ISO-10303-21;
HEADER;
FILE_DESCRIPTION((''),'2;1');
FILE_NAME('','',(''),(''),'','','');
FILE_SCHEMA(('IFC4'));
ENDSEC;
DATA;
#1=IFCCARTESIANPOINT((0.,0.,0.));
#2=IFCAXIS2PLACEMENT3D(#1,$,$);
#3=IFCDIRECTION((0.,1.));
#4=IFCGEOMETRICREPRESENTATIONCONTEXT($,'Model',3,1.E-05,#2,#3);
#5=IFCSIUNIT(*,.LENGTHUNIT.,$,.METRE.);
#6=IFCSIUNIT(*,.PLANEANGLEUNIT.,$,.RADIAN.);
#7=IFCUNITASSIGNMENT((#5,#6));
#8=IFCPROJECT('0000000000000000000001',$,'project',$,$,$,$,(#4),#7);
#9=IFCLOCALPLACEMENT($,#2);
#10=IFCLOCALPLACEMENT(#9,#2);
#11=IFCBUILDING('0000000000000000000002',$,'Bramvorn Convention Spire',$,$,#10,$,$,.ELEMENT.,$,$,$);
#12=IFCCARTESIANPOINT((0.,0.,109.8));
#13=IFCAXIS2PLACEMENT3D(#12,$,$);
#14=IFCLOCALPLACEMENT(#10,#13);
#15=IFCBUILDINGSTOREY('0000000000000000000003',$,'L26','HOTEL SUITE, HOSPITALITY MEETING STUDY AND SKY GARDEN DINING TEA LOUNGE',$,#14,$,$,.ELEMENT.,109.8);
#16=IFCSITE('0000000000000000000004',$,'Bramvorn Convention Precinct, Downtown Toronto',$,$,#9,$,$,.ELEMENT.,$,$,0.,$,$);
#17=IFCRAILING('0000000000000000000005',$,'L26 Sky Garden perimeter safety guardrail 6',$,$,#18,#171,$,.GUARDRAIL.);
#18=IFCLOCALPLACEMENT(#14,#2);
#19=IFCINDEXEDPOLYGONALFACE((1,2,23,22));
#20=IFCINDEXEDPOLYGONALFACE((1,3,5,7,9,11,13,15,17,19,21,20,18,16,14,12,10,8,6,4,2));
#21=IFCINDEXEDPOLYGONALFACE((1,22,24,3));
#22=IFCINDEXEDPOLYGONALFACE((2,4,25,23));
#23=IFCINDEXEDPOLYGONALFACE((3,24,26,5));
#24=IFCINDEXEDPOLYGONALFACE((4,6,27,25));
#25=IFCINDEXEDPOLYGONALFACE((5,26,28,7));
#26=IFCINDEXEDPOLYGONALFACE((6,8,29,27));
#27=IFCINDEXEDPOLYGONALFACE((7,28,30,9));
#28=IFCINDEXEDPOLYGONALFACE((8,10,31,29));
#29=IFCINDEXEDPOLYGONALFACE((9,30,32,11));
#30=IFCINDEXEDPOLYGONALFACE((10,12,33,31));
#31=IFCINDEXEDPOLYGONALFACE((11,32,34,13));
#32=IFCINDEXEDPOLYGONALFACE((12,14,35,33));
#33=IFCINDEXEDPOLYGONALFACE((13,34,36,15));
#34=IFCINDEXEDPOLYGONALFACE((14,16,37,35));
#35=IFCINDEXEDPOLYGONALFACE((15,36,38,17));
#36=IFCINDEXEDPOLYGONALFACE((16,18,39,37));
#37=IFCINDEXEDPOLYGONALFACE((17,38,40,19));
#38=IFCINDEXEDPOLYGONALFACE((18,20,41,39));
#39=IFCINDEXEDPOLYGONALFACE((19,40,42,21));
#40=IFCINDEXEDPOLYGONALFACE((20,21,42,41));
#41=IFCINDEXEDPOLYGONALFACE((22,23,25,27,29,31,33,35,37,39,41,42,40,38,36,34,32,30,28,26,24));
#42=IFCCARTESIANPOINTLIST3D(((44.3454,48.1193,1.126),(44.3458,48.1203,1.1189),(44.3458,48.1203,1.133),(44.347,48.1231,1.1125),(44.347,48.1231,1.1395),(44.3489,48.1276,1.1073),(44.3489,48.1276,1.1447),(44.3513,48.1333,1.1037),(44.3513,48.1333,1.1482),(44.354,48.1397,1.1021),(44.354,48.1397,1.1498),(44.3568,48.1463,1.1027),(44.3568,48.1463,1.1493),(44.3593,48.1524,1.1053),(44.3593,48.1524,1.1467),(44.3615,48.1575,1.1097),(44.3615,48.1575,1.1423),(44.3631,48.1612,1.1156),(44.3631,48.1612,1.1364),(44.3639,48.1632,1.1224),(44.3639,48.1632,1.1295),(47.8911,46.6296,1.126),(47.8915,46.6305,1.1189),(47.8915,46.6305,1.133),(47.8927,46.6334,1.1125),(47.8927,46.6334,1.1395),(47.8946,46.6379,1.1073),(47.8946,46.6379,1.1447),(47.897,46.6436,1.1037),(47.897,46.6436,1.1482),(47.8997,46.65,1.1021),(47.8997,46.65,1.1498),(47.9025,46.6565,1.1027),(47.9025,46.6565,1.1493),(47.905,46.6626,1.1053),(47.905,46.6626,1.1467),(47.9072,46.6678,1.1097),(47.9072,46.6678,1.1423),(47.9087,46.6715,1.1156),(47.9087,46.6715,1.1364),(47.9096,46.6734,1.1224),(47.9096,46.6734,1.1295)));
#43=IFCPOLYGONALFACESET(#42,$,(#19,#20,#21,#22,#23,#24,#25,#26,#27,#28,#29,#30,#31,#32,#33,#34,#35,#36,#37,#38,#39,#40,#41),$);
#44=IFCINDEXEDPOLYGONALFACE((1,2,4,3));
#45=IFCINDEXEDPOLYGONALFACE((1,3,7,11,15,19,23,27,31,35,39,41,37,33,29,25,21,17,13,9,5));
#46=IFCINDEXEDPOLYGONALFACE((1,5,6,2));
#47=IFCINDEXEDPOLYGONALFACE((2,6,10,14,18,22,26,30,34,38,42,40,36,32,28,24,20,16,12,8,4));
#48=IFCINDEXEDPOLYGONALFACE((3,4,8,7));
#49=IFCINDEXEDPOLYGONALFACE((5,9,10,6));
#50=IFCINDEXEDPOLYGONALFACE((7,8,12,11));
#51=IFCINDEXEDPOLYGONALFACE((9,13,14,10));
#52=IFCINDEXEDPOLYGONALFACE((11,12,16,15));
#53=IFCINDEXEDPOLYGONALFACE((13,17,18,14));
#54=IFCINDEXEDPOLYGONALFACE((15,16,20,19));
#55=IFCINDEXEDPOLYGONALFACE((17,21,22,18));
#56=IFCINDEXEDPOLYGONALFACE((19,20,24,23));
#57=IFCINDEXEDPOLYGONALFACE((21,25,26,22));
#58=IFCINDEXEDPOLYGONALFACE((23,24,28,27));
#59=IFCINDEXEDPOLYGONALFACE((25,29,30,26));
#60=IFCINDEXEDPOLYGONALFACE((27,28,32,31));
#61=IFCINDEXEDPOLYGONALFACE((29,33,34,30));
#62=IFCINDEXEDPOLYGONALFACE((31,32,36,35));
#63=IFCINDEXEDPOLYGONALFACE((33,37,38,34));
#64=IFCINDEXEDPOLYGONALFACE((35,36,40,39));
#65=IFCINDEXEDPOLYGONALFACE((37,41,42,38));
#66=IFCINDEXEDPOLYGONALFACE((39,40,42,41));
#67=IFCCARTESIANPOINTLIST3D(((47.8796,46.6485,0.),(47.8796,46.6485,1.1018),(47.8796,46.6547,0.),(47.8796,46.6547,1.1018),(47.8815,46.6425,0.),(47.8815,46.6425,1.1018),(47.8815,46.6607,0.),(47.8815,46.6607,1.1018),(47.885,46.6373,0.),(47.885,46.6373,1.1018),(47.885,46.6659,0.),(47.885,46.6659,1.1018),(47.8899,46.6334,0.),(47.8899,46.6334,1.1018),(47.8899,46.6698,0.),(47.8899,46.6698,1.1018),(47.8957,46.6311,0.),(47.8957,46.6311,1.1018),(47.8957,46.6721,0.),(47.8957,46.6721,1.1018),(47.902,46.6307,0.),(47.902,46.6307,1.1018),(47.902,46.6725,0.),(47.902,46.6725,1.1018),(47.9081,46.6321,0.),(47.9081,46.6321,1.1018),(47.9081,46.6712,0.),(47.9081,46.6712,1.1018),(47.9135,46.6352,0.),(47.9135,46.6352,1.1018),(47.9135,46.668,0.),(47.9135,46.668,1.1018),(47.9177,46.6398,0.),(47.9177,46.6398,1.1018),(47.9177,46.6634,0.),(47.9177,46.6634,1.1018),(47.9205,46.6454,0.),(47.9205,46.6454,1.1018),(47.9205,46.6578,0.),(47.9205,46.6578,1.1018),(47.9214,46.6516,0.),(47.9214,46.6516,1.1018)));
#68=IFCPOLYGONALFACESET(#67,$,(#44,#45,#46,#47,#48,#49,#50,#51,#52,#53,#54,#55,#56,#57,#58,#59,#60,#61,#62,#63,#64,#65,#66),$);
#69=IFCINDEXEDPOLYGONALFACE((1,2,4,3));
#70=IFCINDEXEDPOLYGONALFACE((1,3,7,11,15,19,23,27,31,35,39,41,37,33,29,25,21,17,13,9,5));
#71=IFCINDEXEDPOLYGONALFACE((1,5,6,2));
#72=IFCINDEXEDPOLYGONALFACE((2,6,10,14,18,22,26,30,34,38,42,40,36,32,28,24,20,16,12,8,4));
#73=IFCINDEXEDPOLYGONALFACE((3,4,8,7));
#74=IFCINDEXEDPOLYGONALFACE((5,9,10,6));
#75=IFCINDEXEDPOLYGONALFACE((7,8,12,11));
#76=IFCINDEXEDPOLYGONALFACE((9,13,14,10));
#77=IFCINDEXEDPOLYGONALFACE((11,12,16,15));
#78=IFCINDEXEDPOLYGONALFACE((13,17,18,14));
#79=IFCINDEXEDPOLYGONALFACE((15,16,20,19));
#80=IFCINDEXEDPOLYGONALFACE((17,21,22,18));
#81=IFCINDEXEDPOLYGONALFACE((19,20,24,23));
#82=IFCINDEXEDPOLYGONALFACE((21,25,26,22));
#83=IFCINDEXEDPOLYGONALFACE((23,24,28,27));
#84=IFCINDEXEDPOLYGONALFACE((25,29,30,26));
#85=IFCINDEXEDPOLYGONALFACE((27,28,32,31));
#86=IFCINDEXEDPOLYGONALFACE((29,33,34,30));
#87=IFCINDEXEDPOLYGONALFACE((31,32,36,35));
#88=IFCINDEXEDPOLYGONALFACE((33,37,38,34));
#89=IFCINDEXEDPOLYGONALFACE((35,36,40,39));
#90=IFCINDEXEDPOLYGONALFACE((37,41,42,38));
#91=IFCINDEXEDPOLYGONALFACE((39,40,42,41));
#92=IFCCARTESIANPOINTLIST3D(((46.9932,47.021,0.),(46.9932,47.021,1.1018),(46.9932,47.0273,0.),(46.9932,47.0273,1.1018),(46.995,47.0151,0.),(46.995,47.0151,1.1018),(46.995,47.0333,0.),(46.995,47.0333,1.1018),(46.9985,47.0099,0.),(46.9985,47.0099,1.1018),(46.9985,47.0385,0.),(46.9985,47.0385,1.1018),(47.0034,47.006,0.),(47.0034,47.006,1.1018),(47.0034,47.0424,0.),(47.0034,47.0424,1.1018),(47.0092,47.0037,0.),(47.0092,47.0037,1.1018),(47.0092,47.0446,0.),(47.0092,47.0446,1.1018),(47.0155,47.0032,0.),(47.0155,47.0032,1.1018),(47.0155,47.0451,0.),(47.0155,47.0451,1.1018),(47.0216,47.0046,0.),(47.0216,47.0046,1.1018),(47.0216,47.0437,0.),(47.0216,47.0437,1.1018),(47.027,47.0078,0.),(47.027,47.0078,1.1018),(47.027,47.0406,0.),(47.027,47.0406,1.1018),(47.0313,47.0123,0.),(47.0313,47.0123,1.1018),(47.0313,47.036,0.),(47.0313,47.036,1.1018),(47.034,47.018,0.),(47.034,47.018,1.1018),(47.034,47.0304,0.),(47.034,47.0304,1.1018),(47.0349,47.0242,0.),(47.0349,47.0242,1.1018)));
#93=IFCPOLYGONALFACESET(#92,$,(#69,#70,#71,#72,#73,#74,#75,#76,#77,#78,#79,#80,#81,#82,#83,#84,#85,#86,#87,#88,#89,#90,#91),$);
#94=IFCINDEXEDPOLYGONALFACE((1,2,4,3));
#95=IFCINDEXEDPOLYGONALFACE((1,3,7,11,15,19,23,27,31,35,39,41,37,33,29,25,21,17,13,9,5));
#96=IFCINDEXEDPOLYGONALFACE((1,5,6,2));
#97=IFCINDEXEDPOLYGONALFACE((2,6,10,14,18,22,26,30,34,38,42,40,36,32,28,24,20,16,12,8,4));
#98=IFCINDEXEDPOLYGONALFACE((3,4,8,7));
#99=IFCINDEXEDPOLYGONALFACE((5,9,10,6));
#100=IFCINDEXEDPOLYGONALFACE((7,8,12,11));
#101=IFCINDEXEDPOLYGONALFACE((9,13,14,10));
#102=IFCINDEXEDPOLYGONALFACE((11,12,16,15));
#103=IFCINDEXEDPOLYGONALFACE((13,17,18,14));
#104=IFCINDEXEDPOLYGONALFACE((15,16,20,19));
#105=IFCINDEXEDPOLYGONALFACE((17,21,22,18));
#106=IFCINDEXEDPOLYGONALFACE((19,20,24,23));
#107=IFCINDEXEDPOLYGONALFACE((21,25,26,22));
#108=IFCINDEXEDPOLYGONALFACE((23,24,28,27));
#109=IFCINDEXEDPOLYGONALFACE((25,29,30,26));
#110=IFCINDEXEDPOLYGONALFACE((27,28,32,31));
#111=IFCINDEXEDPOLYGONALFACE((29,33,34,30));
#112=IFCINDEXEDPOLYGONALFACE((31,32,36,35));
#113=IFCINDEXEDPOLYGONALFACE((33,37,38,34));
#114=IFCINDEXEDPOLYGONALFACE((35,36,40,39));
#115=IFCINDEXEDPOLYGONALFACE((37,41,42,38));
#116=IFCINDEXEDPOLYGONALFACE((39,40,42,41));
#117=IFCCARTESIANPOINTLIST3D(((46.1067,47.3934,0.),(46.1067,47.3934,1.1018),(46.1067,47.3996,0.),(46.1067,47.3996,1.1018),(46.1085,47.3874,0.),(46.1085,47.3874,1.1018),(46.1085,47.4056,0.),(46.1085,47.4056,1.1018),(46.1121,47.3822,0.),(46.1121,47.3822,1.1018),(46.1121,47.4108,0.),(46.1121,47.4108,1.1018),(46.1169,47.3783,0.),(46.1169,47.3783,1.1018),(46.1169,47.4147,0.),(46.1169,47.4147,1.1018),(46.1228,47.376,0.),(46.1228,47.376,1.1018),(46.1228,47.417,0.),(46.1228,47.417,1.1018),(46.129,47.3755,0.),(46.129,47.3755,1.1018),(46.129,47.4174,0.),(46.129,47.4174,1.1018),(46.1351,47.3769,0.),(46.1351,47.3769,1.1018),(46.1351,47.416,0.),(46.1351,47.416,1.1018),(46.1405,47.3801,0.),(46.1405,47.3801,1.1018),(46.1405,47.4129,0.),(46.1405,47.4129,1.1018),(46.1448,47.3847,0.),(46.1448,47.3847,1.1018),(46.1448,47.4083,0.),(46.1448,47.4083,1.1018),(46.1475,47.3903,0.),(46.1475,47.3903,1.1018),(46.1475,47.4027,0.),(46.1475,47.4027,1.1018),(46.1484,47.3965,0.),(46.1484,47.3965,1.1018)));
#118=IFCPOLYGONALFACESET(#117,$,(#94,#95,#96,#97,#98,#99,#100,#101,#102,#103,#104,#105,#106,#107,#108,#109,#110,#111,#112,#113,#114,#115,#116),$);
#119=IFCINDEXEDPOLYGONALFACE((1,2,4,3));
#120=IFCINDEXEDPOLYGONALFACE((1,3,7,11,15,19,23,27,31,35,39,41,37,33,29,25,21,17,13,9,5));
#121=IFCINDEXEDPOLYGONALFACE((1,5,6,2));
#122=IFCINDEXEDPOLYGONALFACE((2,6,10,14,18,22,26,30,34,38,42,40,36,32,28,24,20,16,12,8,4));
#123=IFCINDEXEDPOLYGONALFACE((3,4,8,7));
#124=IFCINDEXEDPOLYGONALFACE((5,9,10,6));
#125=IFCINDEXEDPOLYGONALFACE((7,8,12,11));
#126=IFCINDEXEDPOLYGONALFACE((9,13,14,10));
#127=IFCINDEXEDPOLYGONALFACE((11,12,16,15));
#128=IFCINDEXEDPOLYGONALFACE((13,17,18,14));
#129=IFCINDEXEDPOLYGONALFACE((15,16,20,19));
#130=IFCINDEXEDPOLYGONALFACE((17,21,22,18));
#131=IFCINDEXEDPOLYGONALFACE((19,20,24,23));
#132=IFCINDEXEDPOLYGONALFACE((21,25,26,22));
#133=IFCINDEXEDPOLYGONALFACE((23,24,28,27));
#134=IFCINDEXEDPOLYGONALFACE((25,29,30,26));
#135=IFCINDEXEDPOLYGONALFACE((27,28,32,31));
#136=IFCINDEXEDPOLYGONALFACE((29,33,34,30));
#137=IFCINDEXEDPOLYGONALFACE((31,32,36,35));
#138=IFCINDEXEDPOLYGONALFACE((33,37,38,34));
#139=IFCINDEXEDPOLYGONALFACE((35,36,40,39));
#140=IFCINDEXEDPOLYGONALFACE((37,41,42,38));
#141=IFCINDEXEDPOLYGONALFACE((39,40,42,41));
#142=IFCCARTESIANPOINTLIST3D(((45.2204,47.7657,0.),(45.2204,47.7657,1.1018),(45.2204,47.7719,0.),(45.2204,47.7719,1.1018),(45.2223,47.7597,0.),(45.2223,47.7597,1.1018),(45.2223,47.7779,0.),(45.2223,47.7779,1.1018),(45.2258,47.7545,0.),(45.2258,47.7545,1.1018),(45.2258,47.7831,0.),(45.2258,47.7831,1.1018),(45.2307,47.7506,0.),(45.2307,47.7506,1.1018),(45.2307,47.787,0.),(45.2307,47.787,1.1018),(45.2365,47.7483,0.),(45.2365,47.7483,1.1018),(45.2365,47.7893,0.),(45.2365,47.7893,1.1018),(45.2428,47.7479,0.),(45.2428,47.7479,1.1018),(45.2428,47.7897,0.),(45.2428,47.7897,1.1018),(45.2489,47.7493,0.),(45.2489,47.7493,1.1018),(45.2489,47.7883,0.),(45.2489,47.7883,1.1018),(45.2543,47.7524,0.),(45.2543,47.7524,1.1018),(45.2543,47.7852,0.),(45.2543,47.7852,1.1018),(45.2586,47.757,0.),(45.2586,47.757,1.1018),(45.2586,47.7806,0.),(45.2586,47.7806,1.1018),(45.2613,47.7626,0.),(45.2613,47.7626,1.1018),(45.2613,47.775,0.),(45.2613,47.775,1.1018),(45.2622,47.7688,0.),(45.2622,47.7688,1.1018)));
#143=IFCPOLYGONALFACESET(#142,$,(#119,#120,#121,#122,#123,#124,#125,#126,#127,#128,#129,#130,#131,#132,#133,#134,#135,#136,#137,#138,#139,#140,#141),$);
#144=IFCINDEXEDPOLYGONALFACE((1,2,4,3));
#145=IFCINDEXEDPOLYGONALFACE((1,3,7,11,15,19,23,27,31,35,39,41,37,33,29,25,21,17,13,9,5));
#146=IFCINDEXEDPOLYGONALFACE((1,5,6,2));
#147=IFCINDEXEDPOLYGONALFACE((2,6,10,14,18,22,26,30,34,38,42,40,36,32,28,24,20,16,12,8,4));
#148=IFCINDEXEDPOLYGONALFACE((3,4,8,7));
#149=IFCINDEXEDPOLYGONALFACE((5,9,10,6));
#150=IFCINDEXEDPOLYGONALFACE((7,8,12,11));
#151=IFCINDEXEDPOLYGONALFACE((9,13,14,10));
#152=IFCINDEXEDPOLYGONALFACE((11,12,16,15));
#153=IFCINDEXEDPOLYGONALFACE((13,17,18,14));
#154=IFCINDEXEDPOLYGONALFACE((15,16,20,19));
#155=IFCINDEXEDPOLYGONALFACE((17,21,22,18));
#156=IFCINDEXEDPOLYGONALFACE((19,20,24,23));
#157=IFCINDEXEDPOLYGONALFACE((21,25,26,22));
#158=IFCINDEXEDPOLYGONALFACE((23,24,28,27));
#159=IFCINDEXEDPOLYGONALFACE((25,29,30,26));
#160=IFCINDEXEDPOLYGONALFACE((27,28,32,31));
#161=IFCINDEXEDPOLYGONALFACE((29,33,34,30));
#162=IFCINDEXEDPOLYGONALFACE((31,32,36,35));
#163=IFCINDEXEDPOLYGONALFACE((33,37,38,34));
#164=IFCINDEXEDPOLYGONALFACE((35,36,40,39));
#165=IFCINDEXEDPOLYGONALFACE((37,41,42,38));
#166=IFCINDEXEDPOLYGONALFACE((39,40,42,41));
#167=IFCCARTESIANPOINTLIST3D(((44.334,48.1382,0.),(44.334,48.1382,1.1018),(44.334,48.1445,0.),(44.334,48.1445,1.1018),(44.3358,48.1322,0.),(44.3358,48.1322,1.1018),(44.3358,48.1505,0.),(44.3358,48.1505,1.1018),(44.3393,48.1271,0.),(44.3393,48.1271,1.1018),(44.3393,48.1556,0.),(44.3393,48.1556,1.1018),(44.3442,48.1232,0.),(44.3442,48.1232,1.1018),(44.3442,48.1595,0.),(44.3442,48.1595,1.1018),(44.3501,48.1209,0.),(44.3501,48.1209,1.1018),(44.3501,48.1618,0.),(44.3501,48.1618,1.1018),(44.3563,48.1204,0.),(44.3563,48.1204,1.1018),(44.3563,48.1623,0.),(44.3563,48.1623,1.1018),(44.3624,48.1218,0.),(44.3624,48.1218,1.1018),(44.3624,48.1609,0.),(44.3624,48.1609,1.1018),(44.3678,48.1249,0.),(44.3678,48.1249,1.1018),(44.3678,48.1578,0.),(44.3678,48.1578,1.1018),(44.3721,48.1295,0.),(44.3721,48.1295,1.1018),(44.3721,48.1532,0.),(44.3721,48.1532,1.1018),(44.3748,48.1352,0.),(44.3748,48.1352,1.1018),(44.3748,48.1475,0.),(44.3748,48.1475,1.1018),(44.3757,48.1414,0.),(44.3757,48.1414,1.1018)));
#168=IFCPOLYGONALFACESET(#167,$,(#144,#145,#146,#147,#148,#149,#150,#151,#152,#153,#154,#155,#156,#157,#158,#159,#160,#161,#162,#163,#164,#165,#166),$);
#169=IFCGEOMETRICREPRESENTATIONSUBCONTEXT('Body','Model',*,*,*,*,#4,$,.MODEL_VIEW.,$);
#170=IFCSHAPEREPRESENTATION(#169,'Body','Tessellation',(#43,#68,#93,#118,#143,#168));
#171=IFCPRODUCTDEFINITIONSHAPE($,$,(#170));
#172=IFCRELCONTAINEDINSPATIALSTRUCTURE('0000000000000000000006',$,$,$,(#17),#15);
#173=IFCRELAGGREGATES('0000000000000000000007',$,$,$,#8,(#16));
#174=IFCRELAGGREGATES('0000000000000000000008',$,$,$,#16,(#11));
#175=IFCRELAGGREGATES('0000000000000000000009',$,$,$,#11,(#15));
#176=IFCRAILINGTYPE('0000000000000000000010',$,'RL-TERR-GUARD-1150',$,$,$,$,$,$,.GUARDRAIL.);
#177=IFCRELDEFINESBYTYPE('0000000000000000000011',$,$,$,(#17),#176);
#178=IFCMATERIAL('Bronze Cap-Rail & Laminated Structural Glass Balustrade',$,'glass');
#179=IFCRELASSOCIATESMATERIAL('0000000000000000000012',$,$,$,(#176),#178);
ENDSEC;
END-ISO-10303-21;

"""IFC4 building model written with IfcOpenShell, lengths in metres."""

from ifc_helpers import new_model, si_unit, direction, frame, origin, origin_2d, place, context, subcontext, project, spatial, circle, extrude, material, type_object, element, save


model = new_model("IFC4")

# Units and contexts
model_context = context("Model", 3, precision=1e-05, world=origin(), true_north=direction((0.0, 1.0)))
body_context = subcontext(model_context, "Body", "Model", "MODEL_VIEW")
ifc_project = project(units=[si_unit("LENGTHUNIT", "METRE"), si_unit("PLANEANGLEUNIT", "RADIAN")], contexts=[model_context])

# Site, building, storey
site_placement = place(None, origin())
site = spatial("IfcSite", under=ifc_project, at=site_placement, Name="Bramvorn Convention Precinct, Downtown Toronto", CompositionType="ELEMENT", RefElevation=0.0)
building_placement = place(site_placement, origin())
building = spatial("IfcBuilding", under=site, at=building_placement, Name="Bramvorn Convention Spire", CompositionType="ELEMENT")
storey_placement = place(building_placement, frame((0.0, 0.0, 109.8)))
storey = spatial("IfcBuildingStorey", under=building, at=storey_placement, Name="L26", Description="HOTEL SUITE, HOSPITALITY MEETING STUDY AND SKY GARDEN DINING TEA LOUNGE", CompositionType="ELEMENT", Elevation=109.8)

# Railing
ifc_material_1 = material(Name="Bronze Cap-Rail & Laminated Structural Glass Balustrade", Category="glass")
railing_type = type_object("IfcRailingType", Name="RL-TERR-GUARD-1150", PredefinedType="GUARDRAIL", material=ifc_material_1)
railing_1_placement = place(storey_placement, frame((47.9004, 46.6516, 0.0)))
element("IfcRailing", 1, at=railing_1_placement, inside=storey, type_object=railing_type, Name="L26 Sky Garden perimeter safety guardrail 6", PredefinedType="GUARDRAIL", context=body_context, shape_type="SweptSolid", body=[
    extrude(circle(Radius=0.0239, at=origin_2d()), frame((0.0, 0.0, 1.126), z_axis=(-0.921929, 0.387359, 0.0), x_axis=(-0.387359, -0.921929, 0.0)), (0.0, 0.0, 1.0), 3.8459),
    extrude(circle(Radius=0.021, at=origin_2d()), origin(), (0.0, 0.0, 1.0), 1.1018),
    extrude(circle(Radius=0.021, at=origin_2d()), frame((-0.8865, 0.3726, 0.0)), (0.0, 0.0, 1.0), 1.1018),
    extrude(circle(Radius=0.021, at=origin_2d()), frame((-1.7729, 0.7449, 0.0)), (0.0, 0.0, 1.0), 1.1018),
    extrude(circle(Radius=0.021, at=origin_2d()), frame((-2.6592, 1.1172, 0.0)), (0.0, 0.0, 1.0), 1.1018),
    extrude(circle(Radius=0.021, at=origin_2d()), frame((-3.5457, 1.4897, 0.0)), (0.0, 0.0, 1.0), 1.1018),
])

save(model, "model.ifc")
